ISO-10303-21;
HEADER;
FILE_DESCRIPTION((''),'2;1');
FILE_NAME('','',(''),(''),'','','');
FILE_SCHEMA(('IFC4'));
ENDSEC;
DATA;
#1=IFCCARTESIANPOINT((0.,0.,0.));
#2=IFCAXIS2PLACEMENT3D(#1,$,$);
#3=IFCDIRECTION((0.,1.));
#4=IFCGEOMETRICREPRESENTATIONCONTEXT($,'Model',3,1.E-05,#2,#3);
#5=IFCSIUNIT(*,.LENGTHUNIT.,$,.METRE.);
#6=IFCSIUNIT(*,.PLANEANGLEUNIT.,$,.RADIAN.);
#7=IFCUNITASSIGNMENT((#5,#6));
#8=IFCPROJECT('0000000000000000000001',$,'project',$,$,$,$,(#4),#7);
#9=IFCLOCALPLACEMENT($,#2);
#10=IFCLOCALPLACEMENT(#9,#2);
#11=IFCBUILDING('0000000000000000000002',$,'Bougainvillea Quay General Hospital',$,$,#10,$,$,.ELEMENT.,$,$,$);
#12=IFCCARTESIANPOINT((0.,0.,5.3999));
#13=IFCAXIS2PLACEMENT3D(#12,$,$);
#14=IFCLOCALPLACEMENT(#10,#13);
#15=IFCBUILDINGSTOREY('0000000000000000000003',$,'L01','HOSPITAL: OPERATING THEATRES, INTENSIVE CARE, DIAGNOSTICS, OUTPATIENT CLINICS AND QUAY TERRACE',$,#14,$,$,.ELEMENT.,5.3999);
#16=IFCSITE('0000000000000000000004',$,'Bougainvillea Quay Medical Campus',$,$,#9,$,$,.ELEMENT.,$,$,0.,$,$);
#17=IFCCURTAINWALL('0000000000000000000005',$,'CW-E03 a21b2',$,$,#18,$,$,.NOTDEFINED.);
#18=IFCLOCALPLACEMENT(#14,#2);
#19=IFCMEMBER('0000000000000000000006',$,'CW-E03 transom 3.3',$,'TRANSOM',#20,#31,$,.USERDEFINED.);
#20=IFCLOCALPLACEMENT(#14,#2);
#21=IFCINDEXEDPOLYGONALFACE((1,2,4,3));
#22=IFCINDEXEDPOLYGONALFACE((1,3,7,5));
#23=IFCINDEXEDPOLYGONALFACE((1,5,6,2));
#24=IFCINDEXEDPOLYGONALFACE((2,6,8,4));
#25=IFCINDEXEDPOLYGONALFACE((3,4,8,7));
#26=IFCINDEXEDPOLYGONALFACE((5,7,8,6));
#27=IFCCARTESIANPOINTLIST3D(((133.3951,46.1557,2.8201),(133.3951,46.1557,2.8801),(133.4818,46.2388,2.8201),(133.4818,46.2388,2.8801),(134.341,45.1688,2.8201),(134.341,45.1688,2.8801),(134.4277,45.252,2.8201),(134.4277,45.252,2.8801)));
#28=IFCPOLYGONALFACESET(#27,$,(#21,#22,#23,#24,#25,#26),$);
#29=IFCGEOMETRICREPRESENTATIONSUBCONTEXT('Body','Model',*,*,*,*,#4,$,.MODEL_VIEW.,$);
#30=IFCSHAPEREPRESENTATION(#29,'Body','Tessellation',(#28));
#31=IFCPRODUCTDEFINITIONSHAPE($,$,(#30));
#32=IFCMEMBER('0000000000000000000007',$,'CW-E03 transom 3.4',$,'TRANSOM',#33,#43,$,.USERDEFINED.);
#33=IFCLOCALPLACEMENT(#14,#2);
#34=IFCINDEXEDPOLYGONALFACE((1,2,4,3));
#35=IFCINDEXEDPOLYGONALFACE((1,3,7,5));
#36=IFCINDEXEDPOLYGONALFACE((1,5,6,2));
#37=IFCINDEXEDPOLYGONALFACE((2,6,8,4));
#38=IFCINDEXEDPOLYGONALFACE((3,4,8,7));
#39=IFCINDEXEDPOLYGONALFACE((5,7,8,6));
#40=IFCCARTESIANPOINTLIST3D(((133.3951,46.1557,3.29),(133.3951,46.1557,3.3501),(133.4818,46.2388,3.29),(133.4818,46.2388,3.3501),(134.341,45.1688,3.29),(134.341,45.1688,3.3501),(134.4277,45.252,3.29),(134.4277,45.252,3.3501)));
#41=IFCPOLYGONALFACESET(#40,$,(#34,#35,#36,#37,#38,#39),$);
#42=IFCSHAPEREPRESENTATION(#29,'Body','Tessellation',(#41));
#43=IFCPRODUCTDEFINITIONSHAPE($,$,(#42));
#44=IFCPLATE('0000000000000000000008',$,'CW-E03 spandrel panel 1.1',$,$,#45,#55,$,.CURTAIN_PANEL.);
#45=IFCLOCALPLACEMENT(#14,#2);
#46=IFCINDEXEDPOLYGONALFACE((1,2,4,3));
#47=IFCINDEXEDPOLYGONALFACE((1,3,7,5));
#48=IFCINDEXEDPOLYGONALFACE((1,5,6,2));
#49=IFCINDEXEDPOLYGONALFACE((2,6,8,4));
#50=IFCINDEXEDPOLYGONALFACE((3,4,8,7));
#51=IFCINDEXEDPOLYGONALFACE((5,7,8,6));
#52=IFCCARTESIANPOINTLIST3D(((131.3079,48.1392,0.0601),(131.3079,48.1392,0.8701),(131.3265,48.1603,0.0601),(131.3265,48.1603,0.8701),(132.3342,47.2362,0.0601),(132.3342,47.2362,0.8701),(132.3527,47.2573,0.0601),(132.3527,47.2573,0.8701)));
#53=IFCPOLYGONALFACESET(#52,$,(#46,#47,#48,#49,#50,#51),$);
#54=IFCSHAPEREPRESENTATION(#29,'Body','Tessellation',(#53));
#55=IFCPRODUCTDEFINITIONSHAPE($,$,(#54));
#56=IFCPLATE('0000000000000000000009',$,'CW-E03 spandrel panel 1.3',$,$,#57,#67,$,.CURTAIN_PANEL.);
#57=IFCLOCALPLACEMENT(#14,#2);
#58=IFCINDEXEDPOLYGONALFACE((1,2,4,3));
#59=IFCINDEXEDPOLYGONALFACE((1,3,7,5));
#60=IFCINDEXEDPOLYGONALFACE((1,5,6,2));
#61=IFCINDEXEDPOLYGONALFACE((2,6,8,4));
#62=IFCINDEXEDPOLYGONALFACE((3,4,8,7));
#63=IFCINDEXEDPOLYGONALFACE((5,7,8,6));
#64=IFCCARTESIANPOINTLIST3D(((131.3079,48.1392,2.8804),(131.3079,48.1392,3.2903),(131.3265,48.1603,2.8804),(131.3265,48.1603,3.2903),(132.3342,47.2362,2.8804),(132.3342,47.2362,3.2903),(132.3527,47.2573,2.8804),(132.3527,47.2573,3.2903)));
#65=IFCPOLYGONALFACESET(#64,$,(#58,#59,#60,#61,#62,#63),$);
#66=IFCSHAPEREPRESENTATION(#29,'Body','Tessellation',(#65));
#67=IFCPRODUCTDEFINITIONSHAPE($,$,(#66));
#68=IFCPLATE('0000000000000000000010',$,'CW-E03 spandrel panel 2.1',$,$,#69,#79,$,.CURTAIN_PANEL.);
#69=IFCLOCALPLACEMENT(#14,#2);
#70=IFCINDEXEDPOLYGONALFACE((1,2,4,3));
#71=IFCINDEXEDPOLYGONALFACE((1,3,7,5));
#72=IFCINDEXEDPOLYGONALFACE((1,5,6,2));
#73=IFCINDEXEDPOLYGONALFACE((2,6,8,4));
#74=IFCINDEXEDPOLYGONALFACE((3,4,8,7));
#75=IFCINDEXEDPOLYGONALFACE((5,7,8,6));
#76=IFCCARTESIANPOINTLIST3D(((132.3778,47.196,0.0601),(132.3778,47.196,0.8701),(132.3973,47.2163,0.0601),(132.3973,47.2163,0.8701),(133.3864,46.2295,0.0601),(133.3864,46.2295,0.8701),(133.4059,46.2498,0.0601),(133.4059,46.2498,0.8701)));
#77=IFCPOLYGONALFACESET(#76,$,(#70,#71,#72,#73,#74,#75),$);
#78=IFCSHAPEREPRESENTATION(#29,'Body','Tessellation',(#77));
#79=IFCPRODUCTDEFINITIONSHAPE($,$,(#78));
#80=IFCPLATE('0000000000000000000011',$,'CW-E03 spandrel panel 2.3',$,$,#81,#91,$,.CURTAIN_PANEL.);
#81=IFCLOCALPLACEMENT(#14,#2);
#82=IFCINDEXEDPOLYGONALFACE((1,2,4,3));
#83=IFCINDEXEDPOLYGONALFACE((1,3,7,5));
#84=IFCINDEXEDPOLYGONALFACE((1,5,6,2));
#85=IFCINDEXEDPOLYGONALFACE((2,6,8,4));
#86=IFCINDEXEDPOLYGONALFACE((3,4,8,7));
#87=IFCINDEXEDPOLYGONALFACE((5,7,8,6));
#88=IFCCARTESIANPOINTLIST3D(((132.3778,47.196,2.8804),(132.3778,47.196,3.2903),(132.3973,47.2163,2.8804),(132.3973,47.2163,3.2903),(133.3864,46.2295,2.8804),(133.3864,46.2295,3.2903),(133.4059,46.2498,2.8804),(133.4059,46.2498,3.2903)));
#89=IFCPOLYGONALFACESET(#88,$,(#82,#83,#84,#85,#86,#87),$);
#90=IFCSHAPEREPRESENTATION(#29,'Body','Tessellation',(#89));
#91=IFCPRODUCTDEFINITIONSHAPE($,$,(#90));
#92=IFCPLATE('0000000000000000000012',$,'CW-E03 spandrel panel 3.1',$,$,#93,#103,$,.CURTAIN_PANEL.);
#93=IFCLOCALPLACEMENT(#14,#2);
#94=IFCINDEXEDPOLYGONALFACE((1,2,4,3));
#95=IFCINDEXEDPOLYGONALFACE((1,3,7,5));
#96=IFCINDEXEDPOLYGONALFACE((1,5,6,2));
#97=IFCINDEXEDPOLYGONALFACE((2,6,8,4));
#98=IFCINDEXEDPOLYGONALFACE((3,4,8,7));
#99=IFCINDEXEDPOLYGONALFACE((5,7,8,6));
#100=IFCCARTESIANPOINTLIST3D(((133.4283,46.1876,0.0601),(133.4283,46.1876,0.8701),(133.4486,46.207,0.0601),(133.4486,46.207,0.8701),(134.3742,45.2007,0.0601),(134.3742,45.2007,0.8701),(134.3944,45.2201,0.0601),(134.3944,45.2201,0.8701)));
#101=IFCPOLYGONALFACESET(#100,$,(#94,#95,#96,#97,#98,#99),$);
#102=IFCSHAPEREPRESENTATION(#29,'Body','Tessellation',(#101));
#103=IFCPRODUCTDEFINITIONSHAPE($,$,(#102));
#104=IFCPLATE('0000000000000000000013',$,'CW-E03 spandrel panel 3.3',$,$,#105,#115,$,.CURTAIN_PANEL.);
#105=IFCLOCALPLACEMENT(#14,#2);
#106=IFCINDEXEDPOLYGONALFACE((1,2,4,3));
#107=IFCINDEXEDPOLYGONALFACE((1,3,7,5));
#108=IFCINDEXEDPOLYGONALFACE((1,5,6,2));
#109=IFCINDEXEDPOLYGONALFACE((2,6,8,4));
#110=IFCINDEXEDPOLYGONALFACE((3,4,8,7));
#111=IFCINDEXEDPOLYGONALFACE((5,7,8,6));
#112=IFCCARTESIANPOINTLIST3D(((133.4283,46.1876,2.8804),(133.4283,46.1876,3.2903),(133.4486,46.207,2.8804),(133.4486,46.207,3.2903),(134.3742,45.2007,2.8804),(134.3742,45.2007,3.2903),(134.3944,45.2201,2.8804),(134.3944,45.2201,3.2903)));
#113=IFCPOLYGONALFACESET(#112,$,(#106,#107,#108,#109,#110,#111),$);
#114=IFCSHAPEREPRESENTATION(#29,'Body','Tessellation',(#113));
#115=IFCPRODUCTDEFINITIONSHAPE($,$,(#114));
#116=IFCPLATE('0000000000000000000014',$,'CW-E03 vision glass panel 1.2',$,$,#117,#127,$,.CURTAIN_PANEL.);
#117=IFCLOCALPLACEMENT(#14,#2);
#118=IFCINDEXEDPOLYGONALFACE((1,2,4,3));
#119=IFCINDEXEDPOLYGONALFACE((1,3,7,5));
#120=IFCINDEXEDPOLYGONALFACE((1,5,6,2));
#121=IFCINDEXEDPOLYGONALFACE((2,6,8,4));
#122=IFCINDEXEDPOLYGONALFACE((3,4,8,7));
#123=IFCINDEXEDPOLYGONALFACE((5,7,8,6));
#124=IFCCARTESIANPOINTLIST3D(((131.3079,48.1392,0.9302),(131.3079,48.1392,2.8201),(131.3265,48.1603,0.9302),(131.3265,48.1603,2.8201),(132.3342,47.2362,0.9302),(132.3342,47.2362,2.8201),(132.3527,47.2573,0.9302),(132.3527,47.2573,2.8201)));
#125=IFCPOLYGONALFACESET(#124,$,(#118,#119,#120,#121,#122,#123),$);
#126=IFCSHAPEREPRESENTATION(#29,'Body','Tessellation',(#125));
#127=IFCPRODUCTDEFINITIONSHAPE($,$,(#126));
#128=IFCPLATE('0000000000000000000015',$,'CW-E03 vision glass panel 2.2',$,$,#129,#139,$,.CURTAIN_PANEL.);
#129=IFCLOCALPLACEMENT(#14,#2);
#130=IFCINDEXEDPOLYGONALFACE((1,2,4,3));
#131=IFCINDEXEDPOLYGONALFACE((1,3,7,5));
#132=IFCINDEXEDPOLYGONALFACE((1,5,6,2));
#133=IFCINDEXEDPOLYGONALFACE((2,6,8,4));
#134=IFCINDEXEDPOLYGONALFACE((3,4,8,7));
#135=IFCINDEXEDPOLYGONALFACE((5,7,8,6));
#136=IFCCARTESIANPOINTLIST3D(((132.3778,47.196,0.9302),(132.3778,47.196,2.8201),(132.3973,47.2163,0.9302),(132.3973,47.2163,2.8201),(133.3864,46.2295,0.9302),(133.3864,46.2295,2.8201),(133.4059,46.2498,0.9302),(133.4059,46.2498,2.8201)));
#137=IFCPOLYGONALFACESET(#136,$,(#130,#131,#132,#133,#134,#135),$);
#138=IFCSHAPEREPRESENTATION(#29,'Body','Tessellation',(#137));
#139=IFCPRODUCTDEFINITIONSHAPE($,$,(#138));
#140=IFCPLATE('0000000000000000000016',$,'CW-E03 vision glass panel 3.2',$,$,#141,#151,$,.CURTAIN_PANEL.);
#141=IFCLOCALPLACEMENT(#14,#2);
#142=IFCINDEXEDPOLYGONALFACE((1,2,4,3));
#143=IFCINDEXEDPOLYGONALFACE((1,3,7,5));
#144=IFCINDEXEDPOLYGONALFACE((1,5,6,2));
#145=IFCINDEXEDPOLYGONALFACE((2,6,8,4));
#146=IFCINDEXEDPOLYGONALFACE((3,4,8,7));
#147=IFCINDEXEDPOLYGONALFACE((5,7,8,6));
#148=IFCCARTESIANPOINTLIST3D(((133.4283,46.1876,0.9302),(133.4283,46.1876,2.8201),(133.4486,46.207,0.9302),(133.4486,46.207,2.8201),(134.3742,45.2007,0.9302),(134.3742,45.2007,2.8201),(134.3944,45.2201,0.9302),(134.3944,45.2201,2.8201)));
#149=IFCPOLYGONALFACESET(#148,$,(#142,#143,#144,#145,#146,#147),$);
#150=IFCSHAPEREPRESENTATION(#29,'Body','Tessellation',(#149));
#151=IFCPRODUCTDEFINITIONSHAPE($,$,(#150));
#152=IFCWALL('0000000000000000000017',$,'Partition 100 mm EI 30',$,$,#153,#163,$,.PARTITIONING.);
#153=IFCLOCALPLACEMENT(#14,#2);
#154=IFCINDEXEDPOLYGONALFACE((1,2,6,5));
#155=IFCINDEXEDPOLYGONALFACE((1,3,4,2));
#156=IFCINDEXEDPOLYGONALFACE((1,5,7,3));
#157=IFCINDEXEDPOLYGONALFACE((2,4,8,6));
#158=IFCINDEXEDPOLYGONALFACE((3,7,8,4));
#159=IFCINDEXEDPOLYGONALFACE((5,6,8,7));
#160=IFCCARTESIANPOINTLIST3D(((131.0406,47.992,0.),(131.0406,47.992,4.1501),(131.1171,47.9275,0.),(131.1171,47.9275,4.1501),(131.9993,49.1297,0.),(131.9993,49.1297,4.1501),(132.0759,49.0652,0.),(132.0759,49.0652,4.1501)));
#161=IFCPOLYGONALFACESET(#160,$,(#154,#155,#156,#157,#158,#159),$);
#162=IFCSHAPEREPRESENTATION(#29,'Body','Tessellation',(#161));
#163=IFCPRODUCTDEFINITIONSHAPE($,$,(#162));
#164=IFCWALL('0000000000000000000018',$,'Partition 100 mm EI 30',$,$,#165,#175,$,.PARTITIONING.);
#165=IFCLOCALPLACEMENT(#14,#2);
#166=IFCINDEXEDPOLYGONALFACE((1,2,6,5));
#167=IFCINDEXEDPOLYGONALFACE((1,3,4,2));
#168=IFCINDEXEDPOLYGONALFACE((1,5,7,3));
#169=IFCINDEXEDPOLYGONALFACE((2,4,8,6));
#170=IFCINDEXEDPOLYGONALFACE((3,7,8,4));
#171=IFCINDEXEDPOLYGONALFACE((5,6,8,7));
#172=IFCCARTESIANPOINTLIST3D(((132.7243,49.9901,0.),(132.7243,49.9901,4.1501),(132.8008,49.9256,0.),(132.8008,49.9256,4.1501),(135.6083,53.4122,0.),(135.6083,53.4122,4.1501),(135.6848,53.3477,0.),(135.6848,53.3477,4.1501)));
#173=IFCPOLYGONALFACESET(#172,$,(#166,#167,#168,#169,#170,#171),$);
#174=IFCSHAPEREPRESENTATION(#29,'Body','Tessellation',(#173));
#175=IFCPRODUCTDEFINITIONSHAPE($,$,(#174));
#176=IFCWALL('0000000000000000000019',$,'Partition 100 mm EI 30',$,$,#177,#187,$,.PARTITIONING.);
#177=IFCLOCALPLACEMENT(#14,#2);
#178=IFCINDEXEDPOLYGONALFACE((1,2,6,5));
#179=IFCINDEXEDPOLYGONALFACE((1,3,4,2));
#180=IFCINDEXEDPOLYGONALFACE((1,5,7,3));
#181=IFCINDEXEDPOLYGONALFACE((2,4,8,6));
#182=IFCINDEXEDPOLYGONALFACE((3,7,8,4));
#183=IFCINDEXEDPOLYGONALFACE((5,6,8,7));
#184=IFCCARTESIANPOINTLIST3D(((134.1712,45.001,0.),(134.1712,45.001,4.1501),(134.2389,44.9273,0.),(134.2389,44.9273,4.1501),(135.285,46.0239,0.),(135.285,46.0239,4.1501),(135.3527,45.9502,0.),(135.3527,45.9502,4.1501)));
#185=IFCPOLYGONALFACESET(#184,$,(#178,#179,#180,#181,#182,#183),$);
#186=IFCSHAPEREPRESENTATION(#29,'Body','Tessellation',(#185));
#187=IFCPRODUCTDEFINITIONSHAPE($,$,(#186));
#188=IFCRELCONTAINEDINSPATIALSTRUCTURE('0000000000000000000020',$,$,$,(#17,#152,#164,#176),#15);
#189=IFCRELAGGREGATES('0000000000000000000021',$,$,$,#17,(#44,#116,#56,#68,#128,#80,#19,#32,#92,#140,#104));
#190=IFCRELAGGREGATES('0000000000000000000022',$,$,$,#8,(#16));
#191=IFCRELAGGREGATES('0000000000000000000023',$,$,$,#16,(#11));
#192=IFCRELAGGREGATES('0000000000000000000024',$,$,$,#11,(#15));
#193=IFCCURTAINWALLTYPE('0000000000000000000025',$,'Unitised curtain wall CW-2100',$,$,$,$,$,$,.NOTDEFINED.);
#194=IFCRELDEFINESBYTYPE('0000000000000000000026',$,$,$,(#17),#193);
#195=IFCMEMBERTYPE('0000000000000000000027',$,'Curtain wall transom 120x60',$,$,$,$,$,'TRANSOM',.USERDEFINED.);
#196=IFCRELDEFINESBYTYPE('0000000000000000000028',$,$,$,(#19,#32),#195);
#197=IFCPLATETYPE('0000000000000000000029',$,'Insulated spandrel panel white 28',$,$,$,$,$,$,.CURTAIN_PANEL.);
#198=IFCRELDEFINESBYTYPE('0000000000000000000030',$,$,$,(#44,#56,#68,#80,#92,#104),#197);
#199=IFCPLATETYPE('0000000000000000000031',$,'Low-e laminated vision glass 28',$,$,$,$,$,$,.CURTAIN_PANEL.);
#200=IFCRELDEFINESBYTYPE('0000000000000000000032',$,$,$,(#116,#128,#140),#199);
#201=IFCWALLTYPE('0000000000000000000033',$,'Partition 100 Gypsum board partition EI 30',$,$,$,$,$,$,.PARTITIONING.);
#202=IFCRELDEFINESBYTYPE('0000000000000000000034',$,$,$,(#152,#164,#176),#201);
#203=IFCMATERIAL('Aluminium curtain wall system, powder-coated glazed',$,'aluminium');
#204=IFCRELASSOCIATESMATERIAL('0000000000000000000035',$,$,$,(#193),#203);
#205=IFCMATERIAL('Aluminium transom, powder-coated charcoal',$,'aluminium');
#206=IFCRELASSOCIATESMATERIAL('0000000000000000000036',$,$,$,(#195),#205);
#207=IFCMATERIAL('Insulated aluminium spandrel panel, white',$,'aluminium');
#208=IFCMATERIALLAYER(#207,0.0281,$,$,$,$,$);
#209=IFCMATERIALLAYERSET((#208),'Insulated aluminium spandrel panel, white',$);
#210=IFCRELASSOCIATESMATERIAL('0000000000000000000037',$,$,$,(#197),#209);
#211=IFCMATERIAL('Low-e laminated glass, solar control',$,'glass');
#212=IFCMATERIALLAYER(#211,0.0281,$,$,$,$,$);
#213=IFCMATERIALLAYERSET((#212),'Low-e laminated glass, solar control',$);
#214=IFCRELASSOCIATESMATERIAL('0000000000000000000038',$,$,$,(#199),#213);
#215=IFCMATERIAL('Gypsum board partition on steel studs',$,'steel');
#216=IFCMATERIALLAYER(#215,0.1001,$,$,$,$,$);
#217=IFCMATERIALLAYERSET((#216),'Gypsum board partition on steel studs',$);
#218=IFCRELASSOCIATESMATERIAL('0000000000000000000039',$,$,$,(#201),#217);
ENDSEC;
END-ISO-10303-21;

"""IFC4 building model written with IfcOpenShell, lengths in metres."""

from ifc_helpers import new_model, si_unit, direction, frame, frame_2d, origin, origin_2d, place, context, subcontext, project, spatial, rectangle, extrude, material, layer, layer_set, material_profile, profile_set, type_object, element, aggregate, save


model = new_model("IFC4")

# Units and contexts
model_context = context("Model", 3, precision=1e-05, world=origin(), true_north=direction((0.0, 1.0)))
body_context = subcontext(model_context, "Body", "Model", "MODEL_VIEW")
ifc_project = project(units=[si_unit("LENGTHUNIT", "METRE"), si_unit("PLANEANGLEUNIT", "RADIAN")], contexts=[model_context])

# Site, building, storey
site_placement = place(None, origin())
site = spatial("IfcSite", under=ifc_project, at=site_placement, Name="Bougainvillea Quay Medical Campus", CompositionType="ELEMENT", RefElevation=0.0)
building_placement = place(site_placement, origin())
building = spatial("IfcBuilding", under=site, at=building_placement, Name="Bougainvillea Quay General Hospital", CompositionType="ELEMENT")
storey_placement = place(building_placement, frame((0.0, 0.0, 5.3999)))
storey = spatial("IfcBuildingStorey", under=building, at=storey_placement, Name="L01", Description="HOSPITAL: OPERATING THEATRES, INTENSIVE CARE, DIAGNOSTICS, OUTPATIENT CLINICS AND QUAY TERRACE", CompositionType="ELEMENT", Elevation=5.3999)

# Curtain wall, members, plates
ifc_material_1 = material(Name="Aluminium curtain wall system, powder-coated glazed", Category="aluminium")
curtain_wall_type = type_object("IfcCurtainWallType", Name="Unitised curtain wall CW-2100", PredefinedType="NOTDEFINED", material=ifc_material_1)
curtain_wall_placement = place(storey_placement, origin())
curtain_wall = element("IfcCurtainWall", 1, at=curtain_wall_placement, inside=storey, type_object=curtain_wall_type, Name="CW-E03 a21b2", PredefinedType="NOTDEFINED")
ifc_material_2 = material(Name="Aluminium transom, powder-coated charcoal", Category="aluminium")
ifc_material_profile_1 = material_profile(ifc_material_2, rectangle(XDim=0.1201, YDim=0.0601, at=origin_2d()))
ifc_profile_set_1 = profile_set([ifc_material_profile_1], Name="Aluminium transom, powder-coated charcoal")
member_type_1 = type_object("IfcMemberType", Name="Curtain wall transom 120x60", ElementType="TRANSOM", PredefinedType="USERDEFINED", material=ifc_profile_set_1)
member_1_placement = place(storey_placement, frame((133.4385, 46.1973, 2.8501), z_axis=(0.691944, -0.721951, 0.0), x_axis=(0.721951, 0.691944, 0.0)))
member_1 = element("IfcMember", 2, at=member_1_placement, type_object=member_type_1, Name="CW-E03 transom 3.3", ObjectType="TRANSOM", PredefinedType="USERDEFINED", context=body_context, shape_type="SweptSolid", body=[
    extrude(rectangle(XDim=0.1201, YDim=0.0601, at=origin_2d()), origin(), (0.0, 0.0, 1.0), 1.3669),
])
member_2_placement = place(storey_placement, frame((133.4385, 46.1973, 3.3201), z_axis=(0.691944, -0.721951, 0.0), x_axis=(0.721951, 0.691944, 0.0)))
member_2 = element("IfcMember", 3, at=member_2_placement, type_object=member_type_1, Name="CW-E03 transom 3.4", ObjectType="TRANSOM", PredefinedType="USERDEFINED", context=body_context, shape_type="SweptSolid", body=[
    extrude(rectangle(XDim=0.1201, YDim=0.0601, at=origin_2d()), origin(), (0.0, 0.0, 1.0), 1.3669),
])
ifc_material_3 = material(Name="Insulated aluminium spandrel panel, white", Category="aluminium")
ifc_layer_1 = layer(ifc_material_3, 0.0281)
ifc_layer_set_1 = layer_set([ifc_layer_1], Name="Insulated aluminium spandrel panel, white")
plate_type_1 = type_object("IfcPlateType", Name="Insulated spandrel panel white 28", PredefinedType="CURTAIN_PANEL", material=ifc_layer_set_1)
plate_1_placement = place(storey_placement, frame((131.8303, 47.6982, 0.0601), z_axis=(0.0, 0.0, 1.0), x_axis=(0.750772, -0.660561, 0.0)))
plate_1 = element("IfcPlate", 4, at=plate_1_placement, type_object=plate_type_1, Name="CW-E03 spandrel panel 1.1", PredefinedType="CURTAIN_PANEL", context=body_context, shape_type="SweptSolid", body=[
    extrude(rectangle(XDim=1.3669, YDim=0.0281, at=origin_2d()), origin(), (0.0, 0.0, 1.0), 0.8101),
])
plate_2_placement = place(storey_placement, frame((131.8303, 47.6982, 2.8804), z_axis=(0.0, 0.0, 1.0), x_axis=(0.750772, -0.660561, 0.0)))
plate_2 = element("IfcPlate", 5, at=plate_2_placement, type_object=plate_type_1, Name="CW-E03 spandrel panel 1.3", PredefinedType="CURTAIN_PANEL", context=body_context, shape_type="SweptSolid", body=[
    extrude(rectangle(XDim=1.3669, YDim=0.0281, at=origin_2d()), origin(), (0.0, 0.0, 1.0), 0.4099),
])
plate_3_placement = place(storey_placement, frame((132.8918, 46.7229, 0.0601), z_axis=(0.0, 0.0, 1.0), x_axis=(0.722002, -0.691891, 0.0)))
plate_3 = element("IfcPlate", 6, at=plate_3_placement, type_object=plate_type_1, Name="CW-E03 spandrel panel 2.1", PredefinedType="CURTAIN_PANEL", context=body_context, shape_type="SweptSolid", body=[
    extrude(rectangle(XDim=1.397, YDim=0.0281, at=origin_2d()), origin(), (0.0, 0.0, 1.0), 0.8101),
])
plate_4_placement = place(storey_placement, frame((132.8918, 46.7229, 2.8804), z_axis=(0.0, 0.0, 1.0), x_axis=(0.722002, -0.691891, 0.0)))
plate_4 = element("IfcPlate", 7, at=plate_4_placement, type_object=plate_type_1, Name="CW-E03 spandrel panel 2.3", PredefinedType="CURTAIN_PANEL", context=body_context, shape_type="SweptSolid", body=[
    extrude(rectangle(XDim=1.397, YDim=0.0281, at=origin_2d()), origin(), (0.0, 0.0, 1.0), 0.4099),
])
plate_5_placement = place(storey_placement, frame((133.9114, 45.7039, 0.0601), z_axis=(0.0, 0.0, 1.0), x_axis=(0.691925, -0.72197, 0.0)))
plate_5 = element("IfcPlate", 8, at=plate_5_placement, type_object=plate_type_1, Name="CW-E03 spandrel panel 3.1", PredefinedType="CURTAIN_PANEL", context=body_context, shape_type="SweptSolid", body=[
    extrude(rectangle(XDim=1.3669, YDim=0.0281, at=origin_2d()), origin(), (0.0, 0.0, 1.0), 0.8101),
])
plate_6_placement = place(storey_placement, frame((133.9114, 45.7039, 2.8804), z_axis=(0.0, 0.0, 1.0), x_axis=(0.691925, -0.72197, 0.0)))
plate_6 = element("IfcPlate", 9, at=plate_6_placement, type_object=plate_type_1, Name="CW-E03 spandrel panel 3.3", PredefinedType="CURTAIN_PANEL", context=body_context, shape_type="SweptSolid", body=[
    extrude(rectangle(XDim=1.3669, YDim=0.0281, at=origin_2d()), origin(), (0.0, 0.0, 1.0), 0.4099),
])
ifc_material_4 = material(Name="Low-e laminated glass, solar control", Category="glass")
ifc_layer_2 = layer(ifc_material_4, 0.0281)
ifc_layer_set_2 = layer_set([ifc_layer_2], Name="Low-e laminated glass, solar control")
plate_type_2 = type_object("IfcPlateType", Name="Low-e laminated vision glass 28", PredefinedType="CURTAIN_PANEL", material=ifc_layer_set_2)
plate_7_placement = place(storey_placement, frame((131.8303, 47.6982, 0.9302), z_axis=(0.0, 0.0, 1.0), x_axis=(0.750772, -0.660561, 0.0)))
plate_7 = element("IfcPlate", 10, at=plate_7_placement, type_object=plate_type_2, Name="CW-E03 vision glass panel 1.2", PredefinedType="CURTAIN_PANEL", context=body_context, shape_type="SweptSolid", body=[
    extrude(rectangle(XDim=1.3669, YDim=0.0281, at=origin_2d()), origin(), (0.0, 0.0, 1.0), 1.8899),
])
plate_8_placement = place(storey_placement, frame((132.8918, 46.7229, 0.9302), z_axis=(0.0, 0.0, 1.0), x_axis=(0.722002, -0.691891, 0.0)))
plate_8 = element("IfcPlate", 11, at=plate_8_placement, type_object=plate_type_2, Name="CW-E03 vision glass panel 2.2", PredefinedType="CURTAIN_PANEL", context=body_context, shape_type="SweptSolid", body=[
    extrude(rectangle(XDim=1.397, YDim=0.0281, at=origin_2d()), origin(), (0.0, 0.0, 1.0), 1.8899),
])
plate_9_placement = place(storey_placement, frame((133.9114, 45.7039, 0.9302), z_axis=(0.0, 0.0, 1.0), x_axis=(0.691925, -0.72197, 0.0)))
plate_9 = element("IfcPlate", 12, at=plate_9_placement, type_object=plate_type_2, Name="CW-E03 vision glass panel 3.2", PredefinedType="CURTAIN_PANEL", context=body_context, shape_type="SweptSolid", body=[
    extrude(rectangle(XDim=1.3669, YDim=0.0281, at=origin_2d()), origin(), (0.0, 0.0, 1.0), 1.8899),
])
aggregate(curtain_wall, [plate_1, plate_7, plate_2, plate_3, plate_8, plate_4, member_1, member_2, plate_5, plate_9, plate_6])

# Walls
ifc_material_5 = material(Name="Gypsum board partition on steel studs", Category="steel")
ifc_layer_3 = layer(ifc_material_5, 0.1001)
ifc_layer_set_3 = layer_set([ifc_layer_3], Name="Gypsum board partition on steel studs")
wall_type = type_object("IfcWallType", Name="Partition 100 Gypsum board partition EI 30", PredefinedType="PARTITIONING", material=ifc_layer_set_3)
wall_1_placement = place(storey_placement, frame((131.0789, 47.9597, 0.0), z_axis=(0.0, 0.0, 1.0), x_axis=(0.644404, 0.764686, 0.0)))
element("IfcWall", 13, at=wall_1_placement, inside=storey, type_object=wall_type, Name="Partition 100 mm EI 30", PredefinedType="PARTITIONING", context=body_context, shape_type="SweptSolid", body=[
    extrude(rectangle(XDim=1.4878, YDim=0.1001, at=frame_2d((0.7439, 0.0))), origin(), (0.0, 0.0, 1.0), 4.1501),
])
wall_2_placement = place(storey_placement, frame((132.7625, 49.9578, 0.0), z_axis=(0.0, 0.0, 1.0), x_axis=(0.64443, 0.764664, 0.0)))
element("IfcWall", 14, at=wall_2_placement, inside=storey, type_object=wall_type, Name="Partition 100 mm EI 30", PredefinedType="PARTITIONING", context=body_context, shape_type="SweptSolid", body=[
    extrude(rectangle(XDim=4.4753, YDim=0.1001, at=frame_2d((2.2378, 0.0))), origin(), (0.0, 0.0, 1.0), 4.1501),
])
wall_3_placement = place(storey_placement, frame((134.2051, 44.9641, 0.0), z_axis=(0.0, 0.0, 1.0), x_axis=(0.736497, 0.676441, 0.0)))
element("IfcWall", 15, at=wall_3_placement, inside=storey, type_object=wall_type, Name="Partition 100 mm EI 30", PredefinedType="PARTITIONING", context=body_context, shape_type="SweptSolid", body=[
    extrude(rectangle(XDim=1.5122, YDim=0.1001, at=frame_2d((0.7561, 0.0))), origin(), (0.0, 0.0, 1.0), 4.1501),
])

save(model, "model.ifc")
